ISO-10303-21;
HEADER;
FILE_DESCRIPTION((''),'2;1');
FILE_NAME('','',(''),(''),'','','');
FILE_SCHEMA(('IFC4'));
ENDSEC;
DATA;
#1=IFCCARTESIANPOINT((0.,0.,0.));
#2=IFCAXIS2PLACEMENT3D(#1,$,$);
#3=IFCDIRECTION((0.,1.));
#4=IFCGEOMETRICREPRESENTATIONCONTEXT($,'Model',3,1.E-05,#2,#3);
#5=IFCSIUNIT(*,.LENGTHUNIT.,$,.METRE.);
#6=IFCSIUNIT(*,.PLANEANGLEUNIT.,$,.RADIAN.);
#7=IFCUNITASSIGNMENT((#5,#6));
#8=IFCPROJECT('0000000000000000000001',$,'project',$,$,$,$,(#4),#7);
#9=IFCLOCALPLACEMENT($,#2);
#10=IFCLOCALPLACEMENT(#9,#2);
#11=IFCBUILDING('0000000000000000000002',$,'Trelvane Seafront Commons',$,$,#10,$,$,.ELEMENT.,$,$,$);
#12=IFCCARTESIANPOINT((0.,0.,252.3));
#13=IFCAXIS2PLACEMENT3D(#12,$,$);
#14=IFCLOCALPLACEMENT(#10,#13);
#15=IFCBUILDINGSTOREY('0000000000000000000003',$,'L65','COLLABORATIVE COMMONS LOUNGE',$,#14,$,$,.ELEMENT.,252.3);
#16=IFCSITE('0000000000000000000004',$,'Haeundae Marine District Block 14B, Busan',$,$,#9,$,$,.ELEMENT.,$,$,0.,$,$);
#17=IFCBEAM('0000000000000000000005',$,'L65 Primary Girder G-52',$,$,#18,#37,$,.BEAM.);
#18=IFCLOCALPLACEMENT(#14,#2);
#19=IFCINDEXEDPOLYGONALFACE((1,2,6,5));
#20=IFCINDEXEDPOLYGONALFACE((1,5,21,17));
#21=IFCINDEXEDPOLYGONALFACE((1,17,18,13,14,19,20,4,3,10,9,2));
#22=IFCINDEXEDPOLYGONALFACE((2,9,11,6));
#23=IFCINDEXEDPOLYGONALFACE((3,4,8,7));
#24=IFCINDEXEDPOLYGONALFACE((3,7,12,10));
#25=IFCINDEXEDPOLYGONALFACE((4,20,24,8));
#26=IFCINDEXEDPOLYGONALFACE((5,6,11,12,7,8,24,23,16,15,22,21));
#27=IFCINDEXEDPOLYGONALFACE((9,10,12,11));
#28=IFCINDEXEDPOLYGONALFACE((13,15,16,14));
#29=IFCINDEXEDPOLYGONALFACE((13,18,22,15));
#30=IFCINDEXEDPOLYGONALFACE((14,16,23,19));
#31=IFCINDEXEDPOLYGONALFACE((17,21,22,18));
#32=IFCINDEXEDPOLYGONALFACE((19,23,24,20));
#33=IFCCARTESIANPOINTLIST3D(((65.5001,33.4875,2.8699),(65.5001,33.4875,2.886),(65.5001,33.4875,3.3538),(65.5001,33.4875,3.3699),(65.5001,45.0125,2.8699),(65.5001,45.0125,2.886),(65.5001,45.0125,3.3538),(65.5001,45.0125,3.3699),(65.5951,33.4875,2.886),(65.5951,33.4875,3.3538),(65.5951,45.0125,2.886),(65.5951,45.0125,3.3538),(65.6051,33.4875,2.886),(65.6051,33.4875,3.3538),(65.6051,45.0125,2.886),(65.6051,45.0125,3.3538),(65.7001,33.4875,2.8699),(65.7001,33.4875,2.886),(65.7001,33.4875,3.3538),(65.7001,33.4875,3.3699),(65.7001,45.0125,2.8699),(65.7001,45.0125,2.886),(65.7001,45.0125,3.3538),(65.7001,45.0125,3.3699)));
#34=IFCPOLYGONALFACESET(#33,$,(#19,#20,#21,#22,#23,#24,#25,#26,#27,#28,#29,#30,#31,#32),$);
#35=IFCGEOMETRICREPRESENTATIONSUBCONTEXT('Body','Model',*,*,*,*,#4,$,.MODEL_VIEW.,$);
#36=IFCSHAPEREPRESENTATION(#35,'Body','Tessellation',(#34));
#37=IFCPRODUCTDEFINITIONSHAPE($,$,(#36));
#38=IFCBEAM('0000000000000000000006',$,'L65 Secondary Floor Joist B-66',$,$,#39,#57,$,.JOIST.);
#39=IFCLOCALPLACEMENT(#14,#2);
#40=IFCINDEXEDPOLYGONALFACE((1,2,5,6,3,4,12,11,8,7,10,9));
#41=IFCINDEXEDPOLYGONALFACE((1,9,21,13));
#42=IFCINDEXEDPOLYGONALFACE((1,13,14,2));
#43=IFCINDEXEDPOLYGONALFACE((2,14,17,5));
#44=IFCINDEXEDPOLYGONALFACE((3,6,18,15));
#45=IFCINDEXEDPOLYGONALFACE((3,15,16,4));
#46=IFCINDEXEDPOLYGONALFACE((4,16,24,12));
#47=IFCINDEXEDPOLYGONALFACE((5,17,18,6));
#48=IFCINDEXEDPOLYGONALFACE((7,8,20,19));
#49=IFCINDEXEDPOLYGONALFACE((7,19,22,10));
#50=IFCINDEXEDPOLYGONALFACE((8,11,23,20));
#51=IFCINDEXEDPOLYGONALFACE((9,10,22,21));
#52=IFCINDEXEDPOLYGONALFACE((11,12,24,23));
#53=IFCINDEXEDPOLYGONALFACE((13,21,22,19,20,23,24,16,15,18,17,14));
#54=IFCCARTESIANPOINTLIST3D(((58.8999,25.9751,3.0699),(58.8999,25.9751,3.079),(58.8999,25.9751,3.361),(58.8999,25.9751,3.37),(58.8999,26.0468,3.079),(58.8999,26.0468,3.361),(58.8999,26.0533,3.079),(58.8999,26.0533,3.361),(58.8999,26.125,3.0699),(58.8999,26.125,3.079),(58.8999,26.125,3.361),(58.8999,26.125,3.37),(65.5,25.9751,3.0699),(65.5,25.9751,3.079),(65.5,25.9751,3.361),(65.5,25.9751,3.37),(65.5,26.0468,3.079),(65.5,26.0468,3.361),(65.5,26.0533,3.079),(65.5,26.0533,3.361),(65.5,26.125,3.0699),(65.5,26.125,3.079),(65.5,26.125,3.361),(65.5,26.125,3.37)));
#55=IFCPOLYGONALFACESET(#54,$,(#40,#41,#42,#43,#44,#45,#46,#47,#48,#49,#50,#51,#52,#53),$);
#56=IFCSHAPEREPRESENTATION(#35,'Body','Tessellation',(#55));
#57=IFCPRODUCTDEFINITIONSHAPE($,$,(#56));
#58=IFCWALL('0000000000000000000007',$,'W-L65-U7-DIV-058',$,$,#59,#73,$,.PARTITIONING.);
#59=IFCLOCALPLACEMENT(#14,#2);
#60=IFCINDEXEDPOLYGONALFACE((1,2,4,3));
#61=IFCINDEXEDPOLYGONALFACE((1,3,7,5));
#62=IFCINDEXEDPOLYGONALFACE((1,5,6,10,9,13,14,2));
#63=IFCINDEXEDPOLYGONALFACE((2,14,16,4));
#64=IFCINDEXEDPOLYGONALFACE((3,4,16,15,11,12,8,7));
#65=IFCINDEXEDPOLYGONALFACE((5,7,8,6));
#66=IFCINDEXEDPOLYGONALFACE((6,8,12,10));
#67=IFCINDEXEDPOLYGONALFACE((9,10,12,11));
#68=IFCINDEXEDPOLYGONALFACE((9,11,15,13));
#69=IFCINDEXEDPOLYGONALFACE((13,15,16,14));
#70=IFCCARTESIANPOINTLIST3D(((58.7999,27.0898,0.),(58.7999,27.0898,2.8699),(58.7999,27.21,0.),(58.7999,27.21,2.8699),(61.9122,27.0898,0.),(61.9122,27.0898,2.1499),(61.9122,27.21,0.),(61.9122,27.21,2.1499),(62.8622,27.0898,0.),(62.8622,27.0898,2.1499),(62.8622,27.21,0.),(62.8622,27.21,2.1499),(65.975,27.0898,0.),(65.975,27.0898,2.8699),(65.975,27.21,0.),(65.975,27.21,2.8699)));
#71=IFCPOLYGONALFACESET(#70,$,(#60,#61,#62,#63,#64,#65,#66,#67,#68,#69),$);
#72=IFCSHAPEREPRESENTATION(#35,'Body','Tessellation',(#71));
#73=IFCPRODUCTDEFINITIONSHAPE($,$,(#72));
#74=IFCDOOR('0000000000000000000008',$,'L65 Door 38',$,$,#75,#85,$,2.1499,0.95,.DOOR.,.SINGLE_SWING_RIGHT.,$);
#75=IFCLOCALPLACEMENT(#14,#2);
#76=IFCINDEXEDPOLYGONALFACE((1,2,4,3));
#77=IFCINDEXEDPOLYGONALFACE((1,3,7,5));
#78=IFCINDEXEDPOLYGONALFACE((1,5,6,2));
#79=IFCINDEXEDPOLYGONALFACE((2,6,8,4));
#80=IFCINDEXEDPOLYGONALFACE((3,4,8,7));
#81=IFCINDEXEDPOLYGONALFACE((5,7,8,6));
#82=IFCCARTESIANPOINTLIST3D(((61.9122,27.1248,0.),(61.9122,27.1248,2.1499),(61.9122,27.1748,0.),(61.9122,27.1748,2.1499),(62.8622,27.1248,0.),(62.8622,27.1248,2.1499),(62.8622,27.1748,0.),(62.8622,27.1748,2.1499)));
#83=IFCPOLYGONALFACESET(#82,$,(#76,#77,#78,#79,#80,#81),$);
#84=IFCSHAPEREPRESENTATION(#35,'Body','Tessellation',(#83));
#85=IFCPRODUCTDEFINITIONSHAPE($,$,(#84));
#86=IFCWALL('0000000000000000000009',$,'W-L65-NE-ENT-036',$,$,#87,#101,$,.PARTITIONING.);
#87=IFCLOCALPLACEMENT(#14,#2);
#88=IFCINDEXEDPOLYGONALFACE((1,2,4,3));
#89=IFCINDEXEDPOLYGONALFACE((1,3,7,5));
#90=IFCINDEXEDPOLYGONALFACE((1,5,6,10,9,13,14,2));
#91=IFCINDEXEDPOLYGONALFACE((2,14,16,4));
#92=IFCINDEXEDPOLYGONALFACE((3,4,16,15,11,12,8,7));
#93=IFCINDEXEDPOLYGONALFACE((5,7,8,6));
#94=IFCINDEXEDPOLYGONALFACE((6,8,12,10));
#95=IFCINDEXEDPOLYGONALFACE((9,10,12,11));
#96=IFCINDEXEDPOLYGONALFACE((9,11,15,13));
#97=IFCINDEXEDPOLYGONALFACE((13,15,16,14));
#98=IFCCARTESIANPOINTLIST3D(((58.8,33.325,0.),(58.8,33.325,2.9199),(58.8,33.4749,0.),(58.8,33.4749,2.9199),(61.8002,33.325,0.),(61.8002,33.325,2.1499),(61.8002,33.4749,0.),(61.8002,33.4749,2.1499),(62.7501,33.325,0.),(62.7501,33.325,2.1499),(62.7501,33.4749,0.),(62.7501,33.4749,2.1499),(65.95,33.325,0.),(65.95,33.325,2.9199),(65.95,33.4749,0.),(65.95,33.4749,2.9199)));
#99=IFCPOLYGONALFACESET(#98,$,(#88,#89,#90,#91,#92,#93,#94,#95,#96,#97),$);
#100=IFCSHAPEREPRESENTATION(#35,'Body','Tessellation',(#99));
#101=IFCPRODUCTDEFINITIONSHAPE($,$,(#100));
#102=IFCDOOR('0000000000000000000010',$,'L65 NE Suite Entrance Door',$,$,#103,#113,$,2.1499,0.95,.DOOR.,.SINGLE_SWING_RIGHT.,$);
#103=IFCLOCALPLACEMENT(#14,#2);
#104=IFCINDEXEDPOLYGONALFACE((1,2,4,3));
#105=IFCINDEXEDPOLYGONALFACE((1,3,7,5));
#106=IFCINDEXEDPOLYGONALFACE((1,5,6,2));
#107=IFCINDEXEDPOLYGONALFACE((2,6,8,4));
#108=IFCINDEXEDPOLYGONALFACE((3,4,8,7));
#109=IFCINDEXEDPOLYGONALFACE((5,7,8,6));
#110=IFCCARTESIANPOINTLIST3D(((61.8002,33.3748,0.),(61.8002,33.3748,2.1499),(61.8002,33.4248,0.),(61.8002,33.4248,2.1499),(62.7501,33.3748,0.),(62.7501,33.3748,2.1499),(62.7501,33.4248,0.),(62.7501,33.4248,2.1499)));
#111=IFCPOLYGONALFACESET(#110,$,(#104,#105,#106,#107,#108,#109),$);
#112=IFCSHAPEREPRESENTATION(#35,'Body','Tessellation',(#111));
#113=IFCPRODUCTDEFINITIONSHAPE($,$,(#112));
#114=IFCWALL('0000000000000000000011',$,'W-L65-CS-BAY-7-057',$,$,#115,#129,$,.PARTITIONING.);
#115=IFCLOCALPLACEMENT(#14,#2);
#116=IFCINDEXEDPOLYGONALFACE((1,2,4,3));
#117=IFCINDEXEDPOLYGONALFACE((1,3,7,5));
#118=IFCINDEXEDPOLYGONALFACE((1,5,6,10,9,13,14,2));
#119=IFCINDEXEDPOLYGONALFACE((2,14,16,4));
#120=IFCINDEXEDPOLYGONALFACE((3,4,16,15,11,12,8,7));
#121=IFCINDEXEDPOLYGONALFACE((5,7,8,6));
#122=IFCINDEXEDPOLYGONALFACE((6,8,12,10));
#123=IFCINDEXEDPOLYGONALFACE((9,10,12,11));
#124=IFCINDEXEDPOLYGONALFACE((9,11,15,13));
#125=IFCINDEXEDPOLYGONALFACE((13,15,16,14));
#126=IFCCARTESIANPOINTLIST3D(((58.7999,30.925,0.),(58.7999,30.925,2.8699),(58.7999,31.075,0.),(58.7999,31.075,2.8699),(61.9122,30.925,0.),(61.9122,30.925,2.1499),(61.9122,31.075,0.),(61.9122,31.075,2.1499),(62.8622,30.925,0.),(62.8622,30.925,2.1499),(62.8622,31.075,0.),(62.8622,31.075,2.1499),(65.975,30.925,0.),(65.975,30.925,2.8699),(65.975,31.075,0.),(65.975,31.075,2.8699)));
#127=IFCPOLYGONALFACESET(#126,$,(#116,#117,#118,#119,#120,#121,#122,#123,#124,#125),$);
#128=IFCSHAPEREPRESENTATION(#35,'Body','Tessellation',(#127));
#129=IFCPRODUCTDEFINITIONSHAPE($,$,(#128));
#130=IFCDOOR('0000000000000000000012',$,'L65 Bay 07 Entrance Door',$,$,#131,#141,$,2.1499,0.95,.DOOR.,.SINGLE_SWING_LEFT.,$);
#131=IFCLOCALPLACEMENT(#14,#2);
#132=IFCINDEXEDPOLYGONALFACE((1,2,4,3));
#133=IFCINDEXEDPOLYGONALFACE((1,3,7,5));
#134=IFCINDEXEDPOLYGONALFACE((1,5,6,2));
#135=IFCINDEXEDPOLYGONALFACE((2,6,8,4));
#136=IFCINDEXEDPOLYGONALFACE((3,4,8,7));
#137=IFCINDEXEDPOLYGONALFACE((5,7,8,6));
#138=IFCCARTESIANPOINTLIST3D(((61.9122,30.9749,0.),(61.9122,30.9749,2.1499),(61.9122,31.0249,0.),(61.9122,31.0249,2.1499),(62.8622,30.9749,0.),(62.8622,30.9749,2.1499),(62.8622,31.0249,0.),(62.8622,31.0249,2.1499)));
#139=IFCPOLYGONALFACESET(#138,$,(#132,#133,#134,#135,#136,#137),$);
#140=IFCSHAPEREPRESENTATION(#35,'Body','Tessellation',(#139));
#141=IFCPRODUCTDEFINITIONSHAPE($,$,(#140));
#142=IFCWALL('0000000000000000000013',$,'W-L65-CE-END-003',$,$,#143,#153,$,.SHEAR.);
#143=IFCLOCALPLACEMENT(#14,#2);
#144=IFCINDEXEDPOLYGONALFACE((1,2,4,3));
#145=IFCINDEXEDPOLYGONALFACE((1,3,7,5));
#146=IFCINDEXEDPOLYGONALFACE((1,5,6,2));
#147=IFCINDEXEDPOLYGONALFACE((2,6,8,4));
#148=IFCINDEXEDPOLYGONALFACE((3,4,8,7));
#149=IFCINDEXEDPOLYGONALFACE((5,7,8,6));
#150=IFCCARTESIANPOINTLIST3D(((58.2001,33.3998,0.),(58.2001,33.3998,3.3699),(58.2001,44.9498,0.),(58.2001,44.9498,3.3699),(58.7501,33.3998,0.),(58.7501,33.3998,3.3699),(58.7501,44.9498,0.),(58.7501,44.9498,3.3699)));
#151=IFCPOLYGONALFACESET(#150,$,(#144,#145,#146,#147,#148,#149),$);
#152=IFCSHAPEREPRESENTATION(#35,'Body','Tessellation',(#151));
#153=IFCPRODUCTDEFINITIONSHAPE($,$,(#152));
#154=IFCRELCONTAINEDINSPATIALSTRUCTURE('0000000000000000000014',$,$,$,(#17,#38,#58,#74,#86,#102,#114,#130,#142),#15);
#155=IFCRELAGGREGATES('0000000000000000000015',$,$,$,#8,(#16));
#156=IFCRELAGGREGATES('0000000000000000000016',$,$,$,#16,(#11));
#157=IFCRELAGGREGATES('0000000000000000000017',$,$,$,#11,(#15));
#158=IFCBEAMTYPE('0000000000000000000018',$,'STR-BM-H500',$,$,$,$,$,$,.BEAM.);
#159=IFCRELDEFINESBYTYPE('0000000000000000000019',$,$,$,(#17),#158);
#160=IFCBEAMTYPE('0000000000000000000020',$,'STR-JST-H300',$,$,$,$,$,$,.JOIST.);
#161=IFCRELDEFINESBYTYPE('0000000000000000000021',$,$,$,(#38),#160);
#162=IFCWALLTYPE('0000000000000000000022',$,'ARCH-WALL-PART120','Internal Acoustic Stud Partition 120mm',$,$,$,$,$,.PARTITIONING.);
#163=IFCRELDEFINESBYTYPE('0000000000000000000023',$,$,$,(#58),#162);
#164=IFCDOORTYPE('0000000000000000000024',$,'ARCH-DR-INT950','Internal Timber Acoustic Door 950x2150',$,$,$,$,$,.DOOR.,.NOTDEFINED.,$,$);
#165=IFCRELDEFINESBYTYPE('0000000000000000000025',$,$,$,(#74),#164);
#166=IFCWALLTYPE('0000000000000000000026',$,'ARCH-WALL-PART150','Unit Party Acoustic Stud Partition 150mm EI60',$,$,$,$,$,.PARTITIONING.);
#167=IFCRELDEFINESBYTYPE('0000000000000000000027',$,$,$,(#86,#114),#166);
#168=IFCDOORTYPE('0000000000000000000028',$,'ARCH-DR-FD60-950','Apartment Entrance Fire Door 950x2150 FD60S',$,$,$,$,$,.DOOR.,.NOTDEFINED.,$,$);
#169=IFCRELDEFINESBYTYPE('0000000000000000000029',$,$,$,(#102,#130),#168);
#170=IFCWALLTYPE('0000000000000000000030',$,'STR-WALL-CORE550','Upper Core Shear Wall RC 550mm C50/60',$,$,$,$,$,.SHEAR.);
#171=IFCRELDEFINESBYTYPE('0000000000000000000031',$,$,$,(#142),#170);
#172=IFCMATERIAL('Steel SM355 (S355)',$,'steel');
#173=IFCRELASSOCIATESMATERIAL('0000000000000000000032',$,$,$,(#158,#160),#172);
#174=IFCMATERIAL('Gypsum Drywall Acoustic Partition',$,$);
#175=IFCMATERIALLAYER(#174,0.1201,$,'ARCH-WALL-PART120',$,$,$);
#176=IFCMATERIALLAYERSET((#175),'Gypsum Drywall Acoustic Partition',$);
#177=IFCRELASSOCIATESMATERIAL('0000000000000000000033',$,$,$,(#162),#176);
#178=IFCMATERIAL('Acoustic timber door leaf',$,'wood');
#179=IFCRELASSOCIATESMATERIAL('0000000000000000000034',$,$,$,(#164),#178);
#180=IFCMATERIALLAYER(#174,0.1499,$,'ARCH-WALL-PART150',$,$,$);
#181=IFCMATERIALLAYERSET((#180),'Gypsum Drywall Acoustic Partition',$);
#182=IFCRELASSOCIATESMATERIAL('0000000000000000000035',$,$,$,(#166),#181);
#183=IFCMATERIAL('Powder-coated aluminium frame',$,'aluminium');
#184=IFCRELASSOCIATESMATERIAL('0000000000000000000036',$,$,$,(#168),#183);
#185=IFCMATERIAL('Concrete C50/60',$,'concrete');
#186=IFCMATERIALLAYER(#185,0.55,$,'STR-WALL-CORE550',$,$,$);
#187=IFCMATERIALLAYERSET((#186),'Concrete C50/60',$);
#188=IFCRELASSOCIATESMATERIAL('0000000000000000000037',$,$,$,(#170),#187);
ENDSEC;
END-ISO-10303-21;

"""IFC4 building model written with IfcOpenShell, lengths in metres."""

from ifc_helpers import new_model, si_unit, direction, frame, frame_2d, origin, origin_2d, place, context, subcontext, project, spatial, rectangle, i_section, extrude, source, transform, mapped, material, layer, layer_set, material_profile, profile_set, type_object, element, fill, save


model = new_model("IFC4")

# Units and contexts
model_context = context("Model", 3, precision=1e-05, world=origin(), true_north=direction((0.0, 1.0)))
body_context = subcontext(model_context, "Body", "Model", "MODEL_VIEW")
ifc_project = project(units=[si_unit("LENGTHUNIT", "METRE"), si_unit("PLANEANGLEUNIT", "RADIAN")], contexts=[model_context])

# Site, building, storey
site_placement = place(None, origin())
site = spatial("IfcSite", under=ifc_project, at=site_placement, Name="Haeundae Marine District Block 14B, Busan", CompositionType="ELEMENT", RefElevation=0.0)
building_placement = place(site_placement, origin())
building = spatial("IfcBuilding", under=site, at=building_placement, Name="Trelvane Seafront Commons", CompositionType="ELEMENT")
storey_placement = place(building_placement, frame((0.0, 0.0, 252.3)))
storey = spatial("IfcBuildingStorey", under=building, at=storey_placement, Name="L65", Description="COLLABORATIVE COMMONS LOUNGE", CompositionType="ELEMENT", Elevation=252.3)

# Shared definitions
ifc_material_1 = material(Name="Steel SM355 (S355)", Category="steel")
ifc_material_2 = material(Name="Concrete C50/60", Category="concrete")

# Beams
ifc_material_profile_1 = material_profile(ifc_material_1, i_section(OverallWidth=0.2, OverallDepth=0.5, WebThickness=0.01, FlangeThickness=0.0161, at=origin_2d()), Name="H-500x200x10x16")
ifc_profile_set_1 = profile_set([ifc_material_profile_1], Name="Steel SM355 (S355)")
beam_type_1 = type_object("IfcBeamType", Name="STR-BM-H500", PredefinedType="BEAM", material=ifc_profile_set_1)
shared_shape_1 = source(origin(), body_context, "Body", "SweptSolid", [
    extrude(i_section(OverallWidth=0.2, OverallDepth=0.5, WebThickness=0.01, FlangeThickness=0.0161, at=origin_2d()), origin(), (0.0, 0.0, 1.0), 11.5249),
])
beam_1_placement = place(storey_placement, frame((65.6001, 33.4875, 3.1199), z_axis=(0.0, 1.0, 0.0), x_axis=(-1.0, 0.0, 0.0)))
element("IfcBeam", 1, at=beam_1_placement, inside=storey, type_object=beam_type_1, Name="L65 Primary Girder G-52", PredefinedType="BEAM", context=body_context, shape_type="MappedRepresentation", body=[
    mapped(shared_shape_1, transform((0.0, 0.0, 0.0), x_axis=(1.0, 0.0, 0.0), y_axis=(0.0, 1.0, 0.0), z_axis=(0.0, 0.0, 1.0), scale=1.0)),
])
ifc_material_profile_2 = material_profile(ifc_material_1, i_section(OverallWidth=0.1499, OverallDepth=0.3, WebThickness=0.0066, FlangeThickness=0.009, at=origin_2d()), Name="H-300x150x6.5x9")
ifc_profile_set_2 = profile_set([ifc_material_profile_2], Name="Steel SM355 (S355)")
beam_type_2 = type_object("IfcBeamType", Name="STR-JST-H300", PredefinedType="JOIST", material=ifc_profile_set_2)
shared_shape_2 = source(origin(), body_context, "Body", "SweptSolid", [
    extrude(i_section(OverallWidth=0.1499, OverallDepth=0.3, WebThickness=0.0066, FlangeThickness=0.009, at=origin_2d()), origin(), (0.0, 0.0, 1.0), 6.6001),
])
beam_2_placement = place(storey_placement, frame((58.8999, 26.05, 3.22), z_axis=(1.0, 0.0, 0.0), x_axis=(0.0, 1.0, 0.0)))
element("IfcBeam", 2, at=beam_2_placement, inside=storey, type_object=beam_type_2, Name="L65 Secondary Floor Joist B-66", PredefinedType="JOIST", context=body_context, shape_type="MappedRepresentation", body=[
    mapped(shared_shape_2, transform((0.0, 0.0, 0.0), x_axis=(1.0, 0.0, 0.0), y_axis=(0.0, 1.0, 0.0), z_axis=(0.0, 0.0, 1.0), scale=1.0)),
])

# Walls, openings, doors
ifc_material_3 = material(Name="Gypsum Drywall Acoustic Partition")
ifc_layer_1 = layer(ifc_material_3, 0.1201, Name="ARCH-WALL-PART120")
ifc_layer_set_1 = layer_set([ifc_layer_1], Name="Gypsum Drywall Acoustic Partition")
wall_type_1 = type_object("IfcWallType", Name="ARCH-WALL-PART120", Description="Internal Acoustic Stud Partition 120mm", PredefinedType="PARTITIONING", material=ifc_layer_set_1)
wall_1_placement = place(storey_placement, frame((58.8, 27.1499, 0.0), z_axis=(0.0, 0.0, 1.0), x_axis=(1.0, 0.0, 0.0)))
wall_1 = element("IfcWall", 3, at=wall_1_placement, inside=storey, type_object=wall_type_1, Name="W-L65-U7-DIV-058", PredefinedType="PARTITIONING", context=body_context, shape_type="SweptSolid", body=[
    extrude(rectangle(XDim=7.175, YDim=0.1201, at=frame_2d((3.5874, 0.0))), origin(), (0.0, 0.0, 1.0), 2.8699),
])
opening_1_placement = place(wall_1_placement, frame((3.1121, 0.0, 0.0)))
opening_1 = element("IfcOpeningElement", 4, at=opening_1_placement, cuts=wall_1, PredefinedType="OPENING", context=body_context, shape_type="SweptSolid", body=[
    extrude(rectangle(XDim=0.95, YDim=2.1499, at=frame_2d((0.4751, 1.075))), frame((0.0, 0.0701, 0.0), z_axis=(0.0, -1.0, 0.0), x_axis=(1.0, 0.0, 0.0)), (0.0, 0.0, 1.0), 0.1401),
])
ifc_material_4 = material(Name="Acoustic timber door leaf", Category="wood")
door_type_1 = type_object("IfcDoorType", Name="ARCH-DR-INT950", Description="Internal Timber Acoustic Door 950x2150", OperationType="NOTDEFINED", PredefinedType="DOOR", material=ifc_material_4)
shared_shape_3 = source(origin(), body_context, "Body", "SweptSolid", [
    extrude(rectangle(XDim=0.95, YDim=2.1499, at=frame_2d((0.4751, 1.075))), frame((0.0, 0.0249, 0.0), z_axis=(0.0, -1.0, 0.0), x_axis=(1.0, 0.0, 0.0)), (0.0, 0.0, 1.0), 0.05),
])
door_1_placement = place(opening_1_placement, origin())
door_1 = element("IfcDoor", 5, at=door_1_placement, inside=storey, type_object=door_type_1, Name="L65 Door 38", OperationType="SINGLE_SWING_RIGHT", OverallHeight=2.1499, OverallWidth=0.95, PredefinedType="DOOR", context=body_context, shape_type="MappedRepresentation", body=[
    mapped(shared_shape_3, transform((0.0, 0.0, 0.0), x_axis=(1.0, 0.0, 0.0), y_axis=(0.0, 1.0, 0.0), z_axis=(0.0, 0.0, 1.0), scale=1.0)),
])
fill(opening_1, door_1)
ifc_layer_2 = layer(ifc_material_3, 0.1499, Name="ARCH-WALL-PART150")
ifc_layer_set_2 = layer_set([ifc_layer_2], Name="Gypsum Drywall Acoustic Partition")
wall_type_2 = type_object("IfcWallType", Name="ARCH-WALL-PART150", Description="Unit Party Acoustic Stud Partition 150mm EI60", PredefinedType="PARTITIONING", material=ifc_layer_set_2)
wall_2_placement = place(storey_placement, frame((58.8, 33.3999, 0.0), z_axis=(0.0, 0.0, 1.0), x_axis=(1.0, 0.0, 0.0)))
wall_2 = element("IfcWall", 6, at=wall_2_placement, inside=storey, type_object=wall_type_2, Name="W-L65-NE-ENT-036", PredefinedType="PARTITIONING", context=body_context, shape_type="SweptSolid", body=[
    extrude(rectangle(XDim=7.1499, YDim=0.1499, at=frame_2d((3.575, 0.0))), origin(), (0.0, 0.0, 1.0), 2.9199),
])
opening_2_placement = place(wall_2_placement, frame((3.0, 0.0, 0.0)))
opening_2 = element("IfcOpeningElement", 7, at=opening_2_placement, cuts=wall_2, PredefinedType="OPENING", context=body_context, shape_type="SweptSolid", body=[
    extrude(rectangle(XDim=0.95, YDim=2.1499, at=frame_2d((0.4751, 1.075))), frame((0.0, 0.085, 0.0), z_axis=(0.0, -1.0, 0.0), x_axis=(1.0, 0.0, 0.0)), (0.0, 0.0, 1.0), 0.1699),
])
ifc_material_5 = material(Name="Powder-coated aluminium frame", Category="aluminium")
door_type_2 = type_object("IfcDoorType", Name="ARCH-DR-FD60-950", Description="Apartment Entrance Fire Door 950x2150 FD60S", OperationType="NOTDEFINED", PredefinedType="DOOR", material=ifc_material_5)
door_2_placement = place(opening_2_placement, origin())
door_2 = element("IfcDoor", 8, at=door_2_placement, inside=storey, type_object=door_type_2, Name="L65 NE Suite Entrance Door", OperationType="SINGLE_SWING_RIGHT", OverallHeight=2.1499, OverallWidth=0.95, PredefinedType="DOOR", context=body_context, shape_type="MappedRepresentation", body=[
    mapped(shared_shape_3, transform((0.0, 0.0, 0.0), x_axis=(1.0, 0.0, 0.0), y_axis=(0.0, 1.0, 0.0), z_axis=(0.0, 0.0, 1.0), scale=1.0)),
])
fill(opening_2, door_2)
wall_3_placement = place(storey_placement, frame((58.8, 31.0, 0.0), z_axis=(0.0, 0.0, 1.0), x_axis=(1.0, 0.0, 0.0)))
wall_3 = element("IfcWall", 9, at=wall_3_placement, inside=storey, type_object=wall_type_2, Name="W-L65-CS-BAY-7-057", PredefinedType="PARTITIONING", context=body_context, shape_type="SweptSolid", body=[
    extrude(rectangle(XDim=7.175, YDim=0.1499, at=frame_2d((3.5874, 0.0))), origin(), (0.0, 0.0, 1.0), 2.8699),
])
opening_3_placement = place(wall_3_placement, frame((3.1121, 0.0, 0.0)))
opening_3 = element("IfcOpeningElement", 10, at=opening_3_placement, cuts=wall_3, PredefinedType="OPENING", context=body_context, shape_type="SweptSolid", body=[
    extrude(rectangle(XDim=0.95, YDim=2.1499, at=frame_2d((0.4751, 1.075))), frame((0.0, 0.085, 0.0), z_axis=(0.0, -1.0, 0.0), x_axis=(1.0, 0.0, 0.0)), (0.0, 0.0, 1.0), 0.1699),
])
door_3_placement = place(opening_3_placement, origin())
door_3 = element("IfcDoor", 11, at=door_3_placement, inside=storey, type_object=door_type_2, Name="L65 Bay 07 Entrance Door", OperationType="SINGLE_SWING_LEFT", OverallHeight=2.1499, OverallWidth=0.95, PredefinedType="DOOR", context=body_context, shape_type="MappedRepresentation", body=[
    mapped(shared_shape_3, transform((0.0, 0.0, 0.0), x_axis=(1.0, 0.0, 0.0), y_axis=(0.0, 1.0, 0.0), z_axis=(0.0, 0.0, 1.0), scale=1.0)),
])
fill(opening_3, door_3)

# Wall
ifc_layer_3 = layer(ifc_material_2, 0.55, Name="STR-WALL-CORE550")
ifc_layer_set_3 = layer_set([ifc_layer_3], Name="Concrete C50/60")
wall_type_3 = type_object("IfcWallType", Name="STR-WALL-CORE550", Description="Upper Core Shear Wall RC 550mm C50/60", PredefinedType="SHEAR", material=ifc_layer_set_3)
wall_4_placement = place(storey_placement, frame((58.4751, 33.3999, 0.0), z_axis=(0.0, 0.0, 1.0), x_axis=(0.0, 1.0, 0.0)))
element("IfcWall", 12, at=wall_4_placement, inside=storey, type_object=wall_type_3, Name="W-L65-CE-END-003", PredefinedType="SHEAR", context=body_context, shape_type="SweptSolid", body=[
    extrude(rectangle(XDim=11.55, YDim=0.55, at=frame_2d((5.7749, 0.0))), origin(), (0.0, 0.0, 1.0), 3.3699),
])

save(model, "model.ifc")
